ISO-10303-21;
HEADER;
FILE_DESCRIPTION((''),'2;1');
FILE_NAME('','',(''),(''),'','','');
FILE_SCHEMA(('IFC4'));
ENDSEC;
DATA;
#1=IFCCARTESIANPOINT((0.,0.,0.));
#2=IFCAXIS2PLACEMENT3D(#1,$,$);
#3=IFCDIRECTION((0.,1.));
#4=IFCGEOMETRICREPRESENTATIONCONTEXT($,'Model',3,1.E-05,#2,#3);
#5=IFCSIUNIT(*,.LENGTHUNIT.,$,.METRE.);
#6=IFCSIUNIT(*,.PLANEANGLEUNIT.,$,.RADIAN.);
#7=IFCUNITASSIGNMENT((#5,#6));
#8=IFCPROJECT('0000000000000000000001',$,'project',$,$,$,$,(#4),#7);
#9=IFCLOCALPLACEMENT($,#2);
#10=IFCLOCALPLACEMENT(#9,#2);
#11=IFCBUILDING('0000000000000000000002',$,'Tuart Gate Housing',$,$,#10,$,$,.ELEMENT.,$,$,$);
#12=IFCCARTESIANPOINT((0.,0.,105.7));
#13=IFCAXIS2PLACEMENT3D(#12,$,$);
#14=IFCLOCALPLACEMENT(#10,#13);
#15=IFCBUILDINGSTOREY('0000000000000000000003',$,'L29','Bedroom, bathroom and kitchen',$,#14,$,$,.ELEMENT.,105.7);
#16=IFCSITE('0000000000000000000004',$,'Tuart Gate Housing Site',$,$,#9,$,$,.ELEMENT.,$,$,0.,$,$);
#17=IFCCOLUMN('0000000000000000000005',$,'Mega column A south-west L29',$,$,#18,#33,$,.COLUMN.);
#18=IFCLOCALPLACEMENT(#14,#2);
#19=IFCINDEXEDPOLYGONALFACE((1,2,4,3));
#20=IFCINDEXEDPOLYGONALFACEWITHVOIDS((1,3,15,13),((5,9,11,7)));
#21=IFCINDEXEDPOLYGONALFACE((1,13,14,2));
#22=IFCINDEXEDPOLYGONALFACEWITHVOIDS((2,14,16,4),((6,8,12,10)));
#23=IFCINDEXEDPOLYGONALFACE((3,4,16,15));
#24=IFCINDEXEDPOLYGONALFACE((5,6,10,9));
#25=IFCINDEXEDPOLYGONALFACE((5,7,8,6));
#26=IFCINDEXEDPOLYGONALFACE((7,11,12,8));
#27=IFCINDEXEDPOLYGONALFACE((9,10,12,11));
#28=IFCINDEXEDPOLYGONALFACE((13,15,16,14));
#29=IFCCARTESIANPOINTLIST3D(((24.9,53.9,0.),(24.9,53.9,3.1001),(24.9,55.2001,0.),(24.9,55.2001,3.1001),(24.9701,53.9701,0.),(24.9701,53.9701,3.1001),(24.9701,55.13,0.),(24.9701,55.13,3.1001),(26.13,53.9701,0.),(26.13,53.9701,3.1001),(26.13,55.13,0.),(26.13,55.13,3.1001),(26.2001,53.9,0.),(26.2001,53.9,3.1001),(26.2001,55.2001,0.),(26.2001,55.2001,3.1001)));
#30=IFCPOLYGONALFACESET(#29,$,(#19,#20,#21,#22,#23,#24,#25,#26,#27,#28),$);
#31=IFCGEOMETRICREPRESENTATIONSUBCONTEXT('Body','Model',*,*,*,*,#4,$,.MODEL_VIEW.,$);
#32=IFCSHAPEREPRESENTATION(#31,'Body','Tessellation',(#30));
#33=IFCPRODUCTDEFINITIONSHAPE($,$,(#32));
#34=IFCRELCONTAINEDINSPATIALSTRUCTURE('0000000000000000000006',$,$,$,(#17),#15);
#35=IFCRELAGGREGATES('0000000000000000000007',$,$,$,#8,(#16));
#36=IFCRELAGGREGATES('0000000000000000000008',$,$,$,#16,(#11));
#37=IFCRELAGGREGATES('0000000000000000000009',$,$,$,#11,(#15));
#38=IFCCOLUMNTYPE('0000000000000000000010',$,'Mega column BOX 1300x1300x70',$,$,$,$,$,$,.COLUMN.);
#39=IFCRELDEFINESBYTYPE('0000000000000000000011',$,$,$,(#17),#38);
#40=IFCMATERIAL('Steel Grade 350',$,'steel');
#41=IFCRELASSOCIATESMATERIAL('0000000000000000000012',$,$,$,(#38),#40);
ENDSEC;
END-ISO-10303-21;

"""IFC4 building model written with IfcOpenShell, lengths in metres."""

from ifc_helpers import new_model, si_unit, direction, frame, origin, origin_2d, place, context, subcontext, project, spatial, hollow_rectangle, extrude, material, material_profile, profile_set, type_object, element, save


model = new_model("IFC4")

# Units and contexts
model_context = context("Model", 3, precision=1e-05, world=origin(), true_north=direction((0.0, 1.0)))
body_context = subcontext(model_context, "Body", "Model", "MODEL_VIEW")
ifc_project = project(units=[si_unit("LENGTHUNIT", "METRE"), si_unit("PLANEANGLEUNIT", "RADIAN")], contexts=[model_context])

# Site, building, storey
site_placement = place(None, origin())
site = spatial("IfcSite", under=ifc_project, at=site_placement, Name="Tuart Gate Housing Site", CompositionType="ELEMENT", RefElevation=0.0)
building_placement = place(site_placement, origin())
building = spatial("IfcBuilding", under=site, at=building_placement, Name="Tuart Gate Housing", CompositionType="ELEMENT")
storey_placement = place(building_placement, frame((0.0, 0.0, 105.7)))
storey = spatial("IfcBuildingStorey", under=building, at=storey_placement, Name="L29", Description="Bedroom, bathroom and kitchen", CompositionType="ELEMENT", Elevation=105.7)

# Column
ifc_material_1 = material(Name="Steel Grade 350", Category="steel")
ifc_material_profile = material_profile(ifc_material_1, hollow_rectangle(XDim=1.3, YDim=1.3, WallThickness=0.0701, at=origin_2d()), Name="BOX 1300x1300x70")
ifc_profile_set = profile_set([ifc_material_profile], Name="Steel Grade 350")
column_type = type_object("IfcColumnType", Name="Mega column BOX 1300x1300x70", PredefinedType="COLUMN", material=ifc_profile_set)
column_placement = place(storey_placement, frame((25.55, 54.55, 0.0), z_axis=(0.0, 0.0, 1.0), x_axis=(1.0, 0.0, 0.0)))
element("IfcColumn", 1, at=column_placement, inside=storey, type_object=column_type, Name="Mega column A south-west L29", PredefinedType="COLUMN", context=body_context, shape_type="SweptSolid", body=[
    extrude(hollow_rectangle(XDim=1.3, YDim=1.3, WallThickness=0.0701, at=origin_2d()), origin(), (0.0, 0.0, 1.0), 3.1001),
])

save(model, "model.ifc")
